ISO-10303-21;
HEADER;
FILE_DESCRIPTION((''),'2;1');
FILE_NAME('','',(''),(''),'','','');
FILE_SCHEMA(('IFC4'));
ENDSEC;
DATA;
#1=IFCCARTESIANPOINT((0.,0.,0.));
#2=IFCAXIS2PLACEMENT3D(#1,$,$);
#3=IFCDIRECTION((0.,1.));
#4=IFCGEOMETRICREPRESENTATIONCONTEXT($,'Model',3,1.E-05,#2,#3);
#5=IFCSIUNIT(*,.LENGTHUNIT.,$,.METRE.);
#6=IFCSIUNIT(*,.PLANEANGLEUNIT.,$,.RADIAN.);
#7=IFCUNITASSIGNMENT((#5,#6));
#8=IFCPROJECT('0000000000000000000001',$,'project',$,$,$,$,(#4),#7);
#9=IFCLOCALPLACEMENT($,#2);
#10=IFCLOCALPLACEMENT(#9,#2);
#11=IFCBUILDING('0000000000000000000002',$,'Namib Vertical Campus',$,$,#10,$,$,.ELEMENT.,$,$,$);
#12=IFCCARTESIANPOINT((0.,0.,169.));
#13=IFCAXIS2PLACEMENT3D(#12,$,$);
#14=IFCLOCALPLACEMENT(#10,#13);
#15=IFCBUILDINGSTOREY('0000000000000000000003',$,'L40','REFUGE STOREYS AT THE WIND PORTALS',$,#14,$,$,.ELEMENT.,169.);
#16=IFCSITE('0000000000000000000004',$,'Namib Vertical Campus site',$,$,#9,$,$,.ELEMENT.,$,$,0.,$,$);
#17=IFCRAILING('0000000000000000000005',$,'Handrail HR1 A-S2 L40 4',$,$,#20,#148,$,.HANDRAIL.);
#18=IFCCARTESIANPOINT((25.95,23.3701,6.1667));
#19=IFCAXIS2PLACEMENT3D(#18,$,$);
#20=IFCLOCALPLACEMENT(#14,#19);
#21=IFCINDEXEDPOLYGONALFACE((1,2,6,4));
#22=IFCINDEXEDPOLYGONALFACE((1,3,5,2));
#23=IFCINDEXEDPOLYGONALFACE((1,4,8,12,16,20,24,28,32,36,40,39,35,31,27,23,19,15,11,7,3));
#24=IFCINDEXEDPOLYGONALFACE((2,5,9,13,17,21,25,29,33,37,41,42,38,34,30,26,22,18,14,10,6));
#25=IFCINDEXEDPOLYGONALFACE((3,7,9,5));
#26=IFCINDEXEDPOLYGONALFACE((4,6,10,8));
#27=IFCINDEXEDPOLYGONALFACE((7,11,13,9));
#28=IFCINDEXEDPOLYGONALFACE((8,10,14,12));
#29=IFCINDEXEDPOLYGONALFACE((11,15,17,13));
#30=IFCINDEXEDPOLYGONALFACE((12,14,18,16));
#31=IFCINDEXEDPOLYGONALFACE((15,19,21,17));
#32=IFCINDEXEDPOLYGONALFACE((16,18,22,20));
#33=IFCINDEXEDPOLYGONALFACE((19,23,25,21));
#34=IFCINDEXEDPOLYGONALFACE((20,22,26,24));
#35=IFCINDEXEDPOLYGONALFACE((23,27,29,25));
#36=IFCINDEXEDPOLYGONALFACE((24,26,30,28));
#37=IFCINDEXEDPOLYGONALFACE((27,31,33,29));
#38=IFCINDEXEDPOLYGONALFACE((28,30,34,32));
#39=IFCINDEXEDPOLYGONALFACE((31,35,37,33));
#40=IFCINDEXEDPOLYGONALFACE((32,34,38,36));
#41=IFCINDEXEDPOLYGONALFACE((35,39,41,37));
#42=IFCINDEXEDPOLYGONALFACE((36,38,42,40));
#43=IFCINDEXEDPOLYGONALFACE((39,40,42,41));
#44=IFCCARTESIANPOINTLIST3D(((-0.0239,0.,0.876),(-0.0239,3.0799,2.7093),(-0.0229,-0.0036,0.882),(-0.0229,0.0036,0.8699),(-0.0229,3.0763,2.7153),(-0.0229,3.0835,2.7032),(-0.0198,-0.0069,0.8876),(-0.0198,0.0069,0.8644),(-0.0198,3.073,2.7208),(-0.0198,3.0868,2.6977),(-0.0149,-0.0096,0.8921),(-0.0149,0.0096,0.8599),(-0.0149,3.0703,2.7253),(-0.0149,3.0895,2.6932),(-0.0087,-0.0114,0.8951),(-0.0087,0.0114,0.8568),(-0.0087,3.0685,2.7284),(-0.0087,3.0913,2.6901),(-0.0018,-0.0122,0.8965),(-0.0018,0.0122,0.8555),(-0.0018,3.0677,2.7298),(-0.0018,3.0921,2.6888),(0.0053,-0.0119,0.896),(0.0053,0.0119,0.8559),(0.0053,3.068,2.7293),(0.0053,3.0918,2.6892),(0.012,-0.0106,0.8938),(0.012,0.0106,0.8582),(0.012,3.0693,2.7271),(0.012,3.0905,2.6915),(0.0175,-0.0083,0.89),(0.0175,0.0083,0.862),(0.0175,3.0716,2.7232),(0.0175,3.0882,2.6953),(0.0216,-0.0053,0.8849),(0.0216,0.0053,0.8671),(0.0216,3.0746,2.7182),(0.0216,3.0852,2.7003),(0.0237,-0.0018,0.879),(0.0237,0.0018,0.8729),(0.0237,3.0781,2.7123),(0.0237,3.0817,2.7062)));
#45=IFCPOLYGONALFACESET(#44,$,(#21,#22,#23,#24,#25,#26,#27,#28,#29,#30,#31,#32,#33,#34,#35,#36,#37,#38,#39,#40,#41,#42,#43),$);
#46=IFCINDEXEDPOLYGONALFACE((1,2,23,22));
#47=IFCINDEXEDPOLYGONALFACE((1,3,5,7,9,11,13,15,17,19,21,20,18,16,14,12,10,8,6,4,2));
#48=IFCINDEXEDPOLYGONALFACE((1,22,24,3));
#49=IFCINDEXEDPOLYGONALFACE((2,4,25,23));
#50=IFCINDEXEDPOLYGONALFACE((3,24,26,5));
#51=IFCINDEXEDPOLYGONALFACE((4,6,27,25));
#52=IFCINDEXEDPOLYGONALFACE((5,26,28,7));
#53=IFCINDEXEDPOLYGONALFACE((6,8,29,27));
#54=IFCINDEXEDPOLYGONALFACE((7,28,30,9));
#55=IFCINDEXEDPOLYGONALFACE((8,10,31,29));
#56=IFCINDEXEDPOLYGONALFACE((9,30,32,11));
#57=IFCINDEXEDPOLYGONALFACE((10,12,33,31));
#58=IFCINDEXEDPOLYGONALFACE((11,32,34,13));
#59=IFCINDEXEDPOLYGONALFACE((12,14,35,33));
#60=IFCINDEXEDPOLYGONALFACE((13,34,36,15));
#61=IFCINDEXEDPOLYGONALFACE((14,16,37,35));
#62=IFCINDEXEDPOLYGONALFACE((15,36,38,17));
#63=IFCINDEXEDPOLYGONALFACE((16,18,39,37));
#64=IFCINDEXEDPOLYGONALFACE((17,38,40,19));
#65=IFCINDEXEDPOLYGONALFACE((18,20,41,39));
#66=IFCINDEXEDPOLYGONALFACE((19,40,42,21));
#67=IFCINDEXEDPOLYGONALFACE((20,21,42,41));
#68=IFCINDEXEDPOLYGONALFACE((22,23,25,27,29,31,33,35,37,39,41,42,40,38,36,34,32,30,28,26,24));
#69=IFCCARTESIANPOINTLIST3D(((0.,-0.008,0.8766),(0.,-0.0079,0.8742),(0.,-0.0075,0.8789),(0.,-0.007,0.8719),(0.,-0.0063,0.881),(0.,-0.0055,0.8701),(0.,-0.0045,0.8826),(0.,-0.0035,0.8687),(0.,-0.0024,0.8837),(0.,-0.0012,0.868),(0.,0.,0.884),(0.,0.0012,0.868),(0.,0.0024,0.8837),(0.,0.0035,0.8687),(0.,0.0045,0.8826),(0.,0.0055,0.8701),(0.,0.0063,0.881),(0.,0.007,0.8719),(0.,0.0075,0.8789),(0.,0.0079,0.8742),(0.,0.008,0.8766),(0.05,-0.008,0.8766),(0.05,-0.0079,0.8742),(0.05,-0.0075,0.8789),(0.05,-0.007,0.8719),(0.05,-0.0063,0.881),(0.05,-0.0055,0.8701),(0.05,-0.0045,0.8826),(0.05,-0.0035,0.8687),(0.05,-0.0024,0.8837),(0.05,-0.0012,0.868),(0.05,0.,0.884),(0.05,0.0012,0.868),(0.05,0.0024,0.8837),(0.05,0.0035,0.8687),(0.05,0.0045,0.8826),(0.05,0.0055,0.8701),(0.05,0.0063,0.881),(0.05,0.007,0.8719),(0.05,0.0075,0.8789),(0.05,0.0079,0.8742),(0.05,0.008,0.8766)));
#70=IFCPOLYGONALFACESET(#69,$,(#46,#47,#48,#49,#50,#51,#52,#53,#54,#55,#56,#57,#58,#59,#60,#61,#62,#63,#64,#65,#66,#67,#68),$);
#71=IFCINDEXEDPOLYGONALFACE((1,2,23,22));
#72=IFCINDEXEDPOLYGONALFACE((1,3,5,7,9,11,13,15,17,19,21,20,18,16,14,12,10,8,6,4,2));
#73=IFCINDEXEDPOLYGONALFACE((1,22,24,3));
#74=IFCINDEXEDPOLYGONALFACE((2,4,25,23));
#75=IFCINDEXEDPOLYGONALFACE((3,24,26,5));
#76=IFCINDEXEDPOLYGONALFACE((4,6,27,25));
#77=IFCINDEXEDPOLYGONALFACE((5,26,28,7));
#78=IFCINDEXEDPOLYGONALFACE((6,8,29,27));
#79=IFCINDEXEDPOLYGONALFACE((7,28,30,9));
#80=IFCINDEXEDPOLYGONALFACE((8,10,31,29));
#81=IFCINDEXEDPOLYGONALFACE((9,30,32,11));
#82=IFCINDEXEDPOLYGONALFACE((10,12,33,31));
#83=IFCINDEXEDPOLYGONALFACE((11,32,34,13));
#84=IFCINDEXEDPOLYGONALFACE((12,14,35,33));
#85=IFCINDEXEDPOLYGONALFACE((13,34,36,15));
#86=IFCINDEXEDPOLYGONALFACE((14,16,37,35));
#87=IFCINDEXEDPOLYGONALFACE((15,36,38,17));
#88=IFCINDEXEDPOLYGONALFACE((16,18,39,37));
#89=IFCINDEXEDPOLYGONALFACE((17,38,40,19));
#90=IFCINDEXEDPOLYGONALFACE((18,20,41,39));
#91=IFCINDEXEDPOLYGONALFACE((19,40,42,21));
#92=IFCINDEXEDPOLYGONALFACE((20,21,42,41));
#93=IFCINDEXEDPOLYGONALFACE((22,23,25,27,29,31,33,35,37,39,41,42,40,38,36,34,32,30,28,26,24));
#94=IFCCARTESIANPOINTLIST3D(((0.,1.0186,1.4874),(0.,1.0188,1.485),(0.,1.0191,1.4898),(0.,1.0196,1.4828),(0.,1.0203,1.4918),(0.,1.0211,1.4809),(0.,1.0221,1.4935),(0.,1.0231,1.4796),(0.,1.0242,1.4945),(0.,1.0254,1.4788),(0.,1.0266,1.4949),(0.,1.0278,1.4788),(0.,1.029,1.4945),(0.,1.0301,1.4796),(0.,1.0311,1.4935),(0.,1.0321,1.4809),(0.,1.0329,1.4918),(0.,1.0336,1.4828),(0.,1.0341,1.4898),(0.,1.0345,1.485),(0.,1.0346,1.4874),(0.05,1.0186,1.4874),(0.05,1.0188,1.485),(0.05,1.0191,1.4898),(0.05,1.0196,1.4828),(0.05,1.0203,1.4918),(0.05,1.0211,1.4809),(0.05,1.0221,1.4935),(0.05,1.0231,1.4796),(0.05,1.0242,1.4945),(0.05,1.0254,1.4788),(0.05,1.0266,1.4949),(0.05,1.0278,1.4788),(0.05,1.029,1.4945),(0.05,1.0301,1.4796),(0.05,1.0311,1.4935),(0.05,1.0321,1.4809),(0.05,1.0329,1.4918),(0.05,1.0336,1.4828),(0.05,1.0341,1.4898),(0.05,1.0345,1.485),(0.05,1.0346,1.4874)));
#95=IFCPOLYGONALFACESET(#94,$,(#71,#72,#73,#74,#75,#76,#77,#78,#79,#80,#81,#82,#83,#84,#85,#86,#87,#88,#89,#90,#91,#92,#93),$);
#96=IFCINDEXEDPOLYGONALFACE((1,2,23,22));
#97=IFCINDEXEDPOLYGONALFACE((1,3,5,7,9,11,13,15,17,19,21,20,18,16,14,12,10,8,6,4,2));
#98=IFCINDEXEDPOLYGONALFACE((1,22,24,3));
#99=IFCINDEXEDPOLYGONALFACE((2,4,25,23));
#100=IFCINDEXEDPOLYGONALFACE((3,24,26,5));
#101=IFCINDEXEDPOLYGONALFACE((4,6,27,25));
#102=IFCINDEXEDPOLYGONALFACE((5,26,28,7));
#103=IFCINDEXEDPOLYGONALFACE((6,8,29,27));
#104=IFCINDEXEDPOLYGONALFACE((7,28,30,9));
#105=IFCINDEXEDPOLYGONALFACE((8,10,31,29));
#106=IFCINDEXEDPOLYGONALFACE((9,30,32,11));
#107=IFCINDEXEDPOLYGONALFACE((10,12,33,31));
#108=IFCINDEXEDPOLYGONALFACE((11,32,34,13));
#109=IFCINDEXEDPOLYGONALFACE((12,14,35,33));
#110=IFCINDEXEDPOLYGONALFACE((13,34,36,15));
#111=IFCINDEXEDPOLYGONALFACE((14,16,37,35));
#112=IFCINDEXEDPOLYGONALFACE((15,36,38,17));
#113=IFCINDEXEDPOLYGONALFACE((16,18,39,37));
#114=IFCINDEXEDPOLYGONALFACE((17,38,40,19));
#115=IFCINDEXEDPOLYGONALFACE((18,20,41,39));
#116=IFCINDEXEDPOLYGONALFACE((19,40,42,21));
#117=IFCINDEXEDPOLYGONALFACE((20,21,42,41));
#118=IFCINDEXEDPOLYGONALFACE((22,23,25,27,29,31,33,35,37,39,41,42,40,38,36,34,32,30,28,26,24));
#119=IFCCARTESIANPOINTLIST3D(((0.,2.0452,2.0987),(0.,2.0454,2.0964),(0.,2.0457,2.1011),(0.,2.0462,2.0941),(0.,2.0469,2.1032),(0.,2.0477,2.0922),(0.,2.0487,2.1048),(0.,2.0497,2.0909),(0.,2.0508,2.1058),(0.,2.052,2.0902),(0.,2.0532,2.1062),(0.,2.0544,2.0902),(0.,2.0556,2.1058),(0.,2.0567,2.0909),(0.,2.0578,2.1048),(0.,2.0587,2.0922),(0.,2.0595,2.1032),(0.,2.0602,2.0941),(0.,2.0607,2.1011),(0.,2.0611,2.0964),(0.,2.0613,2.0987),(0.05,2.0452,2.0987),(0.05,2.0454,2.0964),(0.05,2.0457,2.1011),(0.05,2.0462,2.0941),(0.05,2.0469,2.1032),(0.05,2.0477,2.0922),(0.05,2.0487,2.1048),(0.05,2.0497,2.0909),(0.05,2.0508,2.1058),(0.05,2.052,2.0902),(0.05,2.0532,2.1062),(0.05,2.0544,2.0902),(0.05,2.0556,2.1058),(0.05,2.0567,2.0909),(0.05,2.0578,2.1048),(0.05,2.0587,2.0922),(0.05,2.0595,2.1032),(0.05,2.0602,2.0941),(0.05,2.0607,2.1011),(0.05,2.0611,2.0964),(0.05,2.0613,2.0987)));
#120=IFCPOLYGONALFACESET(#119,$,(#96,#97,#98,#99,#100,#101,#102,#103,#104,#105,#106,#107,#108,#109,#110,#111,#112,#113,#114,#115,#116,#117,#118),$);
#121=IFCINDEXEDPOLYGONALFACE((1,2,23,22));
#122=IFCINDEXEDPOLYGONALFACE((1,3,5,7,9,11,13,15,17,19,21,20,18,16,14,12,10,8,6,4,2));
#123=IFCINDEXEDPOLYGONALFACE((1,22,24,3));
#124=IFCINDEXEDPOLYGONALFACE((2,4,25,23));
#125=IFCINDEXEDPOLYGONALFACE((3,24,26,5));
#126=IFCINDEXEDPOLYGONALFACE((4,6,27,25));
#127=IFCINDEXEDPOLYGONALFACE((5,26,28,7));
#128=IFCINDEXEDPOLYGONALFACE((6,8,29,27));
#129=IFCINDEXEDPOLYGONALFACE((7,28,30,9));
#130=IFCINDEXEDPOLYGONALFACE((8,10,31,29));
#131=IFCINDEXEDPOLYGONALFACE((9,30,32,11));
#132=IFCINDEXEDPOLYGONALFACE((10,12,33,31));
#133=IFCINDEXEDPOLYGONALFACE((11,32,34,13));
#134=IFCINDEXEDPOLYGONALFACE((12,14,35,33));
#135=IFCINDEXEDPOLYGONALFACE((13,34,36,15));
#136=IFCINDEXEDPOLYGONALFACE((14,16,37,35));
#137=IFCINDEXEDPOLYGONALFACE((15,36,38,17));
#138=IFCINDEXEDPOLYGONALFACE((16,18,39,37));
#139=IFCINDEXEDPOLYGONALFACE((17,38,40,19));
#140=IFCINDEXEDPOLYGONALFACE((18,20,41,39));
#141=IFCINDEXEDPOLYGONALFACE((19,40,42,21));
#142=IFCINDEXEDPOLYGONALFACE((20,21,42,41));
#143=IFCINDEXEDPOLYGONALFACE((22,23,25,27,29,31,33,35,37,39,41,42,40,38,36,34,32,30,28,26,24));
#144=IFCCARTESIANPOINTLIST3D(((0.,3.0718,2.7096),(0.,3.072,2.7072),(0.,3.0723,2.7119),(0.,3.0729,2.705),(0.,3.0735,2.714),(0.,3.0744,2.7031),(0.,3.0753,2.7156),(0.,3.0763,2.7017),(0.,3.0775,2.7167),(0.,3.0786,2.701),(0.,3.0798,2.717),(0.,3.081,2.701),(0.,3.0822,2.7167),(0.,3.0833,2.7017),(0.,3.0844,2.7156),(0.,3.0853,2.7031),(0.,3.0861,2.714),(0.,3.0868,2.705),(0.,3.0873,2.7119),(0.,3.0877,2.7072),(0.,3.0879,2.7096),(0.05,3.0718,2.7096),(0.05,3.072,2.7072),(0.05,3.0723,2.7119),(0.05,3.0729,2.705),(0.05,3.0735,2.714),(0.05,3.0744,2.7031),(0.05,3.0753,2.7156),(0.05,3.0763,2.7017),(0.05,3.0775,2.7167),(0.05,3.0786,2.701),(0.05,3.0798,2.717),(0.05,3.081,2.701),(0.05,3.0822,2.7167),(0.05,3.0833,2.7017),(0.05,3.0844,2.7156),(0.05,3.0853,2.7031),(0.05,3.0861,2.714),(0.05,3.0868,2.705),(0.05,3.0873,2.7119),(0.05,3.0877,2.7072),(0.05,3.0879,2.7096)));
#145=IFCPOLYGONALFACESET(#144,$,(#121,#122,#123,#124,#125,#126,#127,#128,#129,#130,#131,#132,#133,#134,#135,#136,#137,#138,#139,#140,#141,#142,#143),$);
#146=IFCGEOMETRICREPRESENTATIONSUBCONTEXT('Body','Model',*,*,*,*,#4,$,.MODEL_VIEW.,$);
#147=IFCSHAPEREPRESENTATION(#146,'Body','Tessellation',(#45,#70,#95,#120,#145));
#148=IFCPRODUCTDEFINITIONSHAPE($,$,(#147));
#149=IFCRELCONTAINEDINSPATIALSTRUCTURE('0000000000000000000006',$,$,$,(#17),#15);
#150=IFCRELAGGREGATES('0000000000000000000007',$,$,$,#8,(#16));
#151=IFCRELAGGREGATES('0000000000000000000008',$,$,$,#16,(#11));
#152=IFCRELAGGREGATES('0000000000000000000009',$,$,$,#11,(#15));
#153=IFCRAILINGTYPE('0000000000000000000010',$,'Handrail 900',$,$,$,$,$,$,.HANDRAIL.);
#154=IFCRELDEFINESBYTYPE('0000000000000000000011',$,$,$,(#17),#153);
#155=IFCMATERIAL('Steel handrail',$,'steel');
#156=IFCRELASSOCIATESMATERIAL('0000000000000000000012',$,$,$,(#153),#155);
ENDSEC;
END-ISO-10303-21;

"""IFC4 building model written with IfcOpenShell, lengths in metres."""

from ifc_helpers import new_model, si_unit, direction, frame, origin, origin_2d, place, context, subcontext, project, spatial, circle, extrude, material, type_object, element, save


model = new_model("IFC4")

# Units and contexts
model_context = context("Model", 3, precision=1e-05, world=origin(), true_north=direction((0.0, 1.0)))
body_context = subcontext(model_context, "Body", "Model", "MODEL_VIEW")
ifc_project = project(units=[si_unit("LENGTHUNIT", "METRE"), si_unit("PLANEANGLEUNIT", "RADIAN")], contexts=[model_context])

# Site, building, storey
site_placement = place(None, origin())
site = spatial("IfcSite", under=ifc_project, at=site_placement, Name="Namib Vertical Campus site", CompositionType="ELEMENT", RefElevation=0.0)
building_placement = place(site_placement, origin())
building = spatial("IfcBuilding", under=site, at=building_placement, Name="Namib Vertical Campus", CompositionType="ELEMENT")
storey_placement = place(building_placement, frame((0.0, 0.0, 169.0)))
storey = spatial("IfcBuildingStorey", under=building, at=storey_placement, Name="L40", Description="REFUGE STOREYS AT THE WIND PORTALS", CompositionType="ELEMENT", Elevation=169.0)

# Railing
ifc_material_1 = material(Name="Steel handrail", Category="steel")
railing_type_1 = type_object("IfcRailingType", Name="Handrail 900", PredefinedType="HANDRAIL", material=ifc_material_1)
railing_1_placement = place(storey_placement, frame((25.95, 23.3701, 6.1667)))
element("IfcRailing", 1, at=railing_1_placement, inside=storey, type_object=railing_type_1, Name="Handrail HR1 A-S2 L40 4", PredefinedType="HANDRAIL", context=body_context, shape_type="SweptSolid", body=[
    extrude(circle(Radius=0.0239, at=origin_2d()), frame((0.0, 0.0, 0.876), z_axis=(0.0, 0.859291, 0.511487), x_axis=(-1.0, 0.0, 0.0)), (0.0, 0.0, 1.0), 3.5842),
    extrude(circle(Radius=0.0081, at=origin_2d()), frame((0.0, 0.0, 0.876), z_axis=(1.0, 0.0, 0.0), x_axis=(0.0, 0.0, 1.0)), (0.0, 0.0, 1.0), 0.05),
    extrude(circle(Radius=0.0081, at=origin_2d()), frame((0.0, 1.0266, 1.4868), z_axis=(1.0, 0.0, 0.0), x_axis=(0.0, 0.0, 1.0)), (0.0, 0.0, 1.0), 0.05),
    extrude(circle(Radius=0.0081, at=origin_2d()), frame((0.0, 2.0532, 2.0981), z_axis=(1.0, 0.0, 0.0), x_axis=(0.0, 0.0, 1.0)), (0.0, 0.0, 1.0), 0.05),
    extrude(circle(Radius=0.0081, at=origin_2d()), frame((0.0, 3.0798, 2.709), z_axis=(1.0, 0.0, 0.0), x_axis=(0.0, 0.0, 1.0)), (0.0, 0.0, 1.0), 0.05),
])

save(model, "model.ifc")
